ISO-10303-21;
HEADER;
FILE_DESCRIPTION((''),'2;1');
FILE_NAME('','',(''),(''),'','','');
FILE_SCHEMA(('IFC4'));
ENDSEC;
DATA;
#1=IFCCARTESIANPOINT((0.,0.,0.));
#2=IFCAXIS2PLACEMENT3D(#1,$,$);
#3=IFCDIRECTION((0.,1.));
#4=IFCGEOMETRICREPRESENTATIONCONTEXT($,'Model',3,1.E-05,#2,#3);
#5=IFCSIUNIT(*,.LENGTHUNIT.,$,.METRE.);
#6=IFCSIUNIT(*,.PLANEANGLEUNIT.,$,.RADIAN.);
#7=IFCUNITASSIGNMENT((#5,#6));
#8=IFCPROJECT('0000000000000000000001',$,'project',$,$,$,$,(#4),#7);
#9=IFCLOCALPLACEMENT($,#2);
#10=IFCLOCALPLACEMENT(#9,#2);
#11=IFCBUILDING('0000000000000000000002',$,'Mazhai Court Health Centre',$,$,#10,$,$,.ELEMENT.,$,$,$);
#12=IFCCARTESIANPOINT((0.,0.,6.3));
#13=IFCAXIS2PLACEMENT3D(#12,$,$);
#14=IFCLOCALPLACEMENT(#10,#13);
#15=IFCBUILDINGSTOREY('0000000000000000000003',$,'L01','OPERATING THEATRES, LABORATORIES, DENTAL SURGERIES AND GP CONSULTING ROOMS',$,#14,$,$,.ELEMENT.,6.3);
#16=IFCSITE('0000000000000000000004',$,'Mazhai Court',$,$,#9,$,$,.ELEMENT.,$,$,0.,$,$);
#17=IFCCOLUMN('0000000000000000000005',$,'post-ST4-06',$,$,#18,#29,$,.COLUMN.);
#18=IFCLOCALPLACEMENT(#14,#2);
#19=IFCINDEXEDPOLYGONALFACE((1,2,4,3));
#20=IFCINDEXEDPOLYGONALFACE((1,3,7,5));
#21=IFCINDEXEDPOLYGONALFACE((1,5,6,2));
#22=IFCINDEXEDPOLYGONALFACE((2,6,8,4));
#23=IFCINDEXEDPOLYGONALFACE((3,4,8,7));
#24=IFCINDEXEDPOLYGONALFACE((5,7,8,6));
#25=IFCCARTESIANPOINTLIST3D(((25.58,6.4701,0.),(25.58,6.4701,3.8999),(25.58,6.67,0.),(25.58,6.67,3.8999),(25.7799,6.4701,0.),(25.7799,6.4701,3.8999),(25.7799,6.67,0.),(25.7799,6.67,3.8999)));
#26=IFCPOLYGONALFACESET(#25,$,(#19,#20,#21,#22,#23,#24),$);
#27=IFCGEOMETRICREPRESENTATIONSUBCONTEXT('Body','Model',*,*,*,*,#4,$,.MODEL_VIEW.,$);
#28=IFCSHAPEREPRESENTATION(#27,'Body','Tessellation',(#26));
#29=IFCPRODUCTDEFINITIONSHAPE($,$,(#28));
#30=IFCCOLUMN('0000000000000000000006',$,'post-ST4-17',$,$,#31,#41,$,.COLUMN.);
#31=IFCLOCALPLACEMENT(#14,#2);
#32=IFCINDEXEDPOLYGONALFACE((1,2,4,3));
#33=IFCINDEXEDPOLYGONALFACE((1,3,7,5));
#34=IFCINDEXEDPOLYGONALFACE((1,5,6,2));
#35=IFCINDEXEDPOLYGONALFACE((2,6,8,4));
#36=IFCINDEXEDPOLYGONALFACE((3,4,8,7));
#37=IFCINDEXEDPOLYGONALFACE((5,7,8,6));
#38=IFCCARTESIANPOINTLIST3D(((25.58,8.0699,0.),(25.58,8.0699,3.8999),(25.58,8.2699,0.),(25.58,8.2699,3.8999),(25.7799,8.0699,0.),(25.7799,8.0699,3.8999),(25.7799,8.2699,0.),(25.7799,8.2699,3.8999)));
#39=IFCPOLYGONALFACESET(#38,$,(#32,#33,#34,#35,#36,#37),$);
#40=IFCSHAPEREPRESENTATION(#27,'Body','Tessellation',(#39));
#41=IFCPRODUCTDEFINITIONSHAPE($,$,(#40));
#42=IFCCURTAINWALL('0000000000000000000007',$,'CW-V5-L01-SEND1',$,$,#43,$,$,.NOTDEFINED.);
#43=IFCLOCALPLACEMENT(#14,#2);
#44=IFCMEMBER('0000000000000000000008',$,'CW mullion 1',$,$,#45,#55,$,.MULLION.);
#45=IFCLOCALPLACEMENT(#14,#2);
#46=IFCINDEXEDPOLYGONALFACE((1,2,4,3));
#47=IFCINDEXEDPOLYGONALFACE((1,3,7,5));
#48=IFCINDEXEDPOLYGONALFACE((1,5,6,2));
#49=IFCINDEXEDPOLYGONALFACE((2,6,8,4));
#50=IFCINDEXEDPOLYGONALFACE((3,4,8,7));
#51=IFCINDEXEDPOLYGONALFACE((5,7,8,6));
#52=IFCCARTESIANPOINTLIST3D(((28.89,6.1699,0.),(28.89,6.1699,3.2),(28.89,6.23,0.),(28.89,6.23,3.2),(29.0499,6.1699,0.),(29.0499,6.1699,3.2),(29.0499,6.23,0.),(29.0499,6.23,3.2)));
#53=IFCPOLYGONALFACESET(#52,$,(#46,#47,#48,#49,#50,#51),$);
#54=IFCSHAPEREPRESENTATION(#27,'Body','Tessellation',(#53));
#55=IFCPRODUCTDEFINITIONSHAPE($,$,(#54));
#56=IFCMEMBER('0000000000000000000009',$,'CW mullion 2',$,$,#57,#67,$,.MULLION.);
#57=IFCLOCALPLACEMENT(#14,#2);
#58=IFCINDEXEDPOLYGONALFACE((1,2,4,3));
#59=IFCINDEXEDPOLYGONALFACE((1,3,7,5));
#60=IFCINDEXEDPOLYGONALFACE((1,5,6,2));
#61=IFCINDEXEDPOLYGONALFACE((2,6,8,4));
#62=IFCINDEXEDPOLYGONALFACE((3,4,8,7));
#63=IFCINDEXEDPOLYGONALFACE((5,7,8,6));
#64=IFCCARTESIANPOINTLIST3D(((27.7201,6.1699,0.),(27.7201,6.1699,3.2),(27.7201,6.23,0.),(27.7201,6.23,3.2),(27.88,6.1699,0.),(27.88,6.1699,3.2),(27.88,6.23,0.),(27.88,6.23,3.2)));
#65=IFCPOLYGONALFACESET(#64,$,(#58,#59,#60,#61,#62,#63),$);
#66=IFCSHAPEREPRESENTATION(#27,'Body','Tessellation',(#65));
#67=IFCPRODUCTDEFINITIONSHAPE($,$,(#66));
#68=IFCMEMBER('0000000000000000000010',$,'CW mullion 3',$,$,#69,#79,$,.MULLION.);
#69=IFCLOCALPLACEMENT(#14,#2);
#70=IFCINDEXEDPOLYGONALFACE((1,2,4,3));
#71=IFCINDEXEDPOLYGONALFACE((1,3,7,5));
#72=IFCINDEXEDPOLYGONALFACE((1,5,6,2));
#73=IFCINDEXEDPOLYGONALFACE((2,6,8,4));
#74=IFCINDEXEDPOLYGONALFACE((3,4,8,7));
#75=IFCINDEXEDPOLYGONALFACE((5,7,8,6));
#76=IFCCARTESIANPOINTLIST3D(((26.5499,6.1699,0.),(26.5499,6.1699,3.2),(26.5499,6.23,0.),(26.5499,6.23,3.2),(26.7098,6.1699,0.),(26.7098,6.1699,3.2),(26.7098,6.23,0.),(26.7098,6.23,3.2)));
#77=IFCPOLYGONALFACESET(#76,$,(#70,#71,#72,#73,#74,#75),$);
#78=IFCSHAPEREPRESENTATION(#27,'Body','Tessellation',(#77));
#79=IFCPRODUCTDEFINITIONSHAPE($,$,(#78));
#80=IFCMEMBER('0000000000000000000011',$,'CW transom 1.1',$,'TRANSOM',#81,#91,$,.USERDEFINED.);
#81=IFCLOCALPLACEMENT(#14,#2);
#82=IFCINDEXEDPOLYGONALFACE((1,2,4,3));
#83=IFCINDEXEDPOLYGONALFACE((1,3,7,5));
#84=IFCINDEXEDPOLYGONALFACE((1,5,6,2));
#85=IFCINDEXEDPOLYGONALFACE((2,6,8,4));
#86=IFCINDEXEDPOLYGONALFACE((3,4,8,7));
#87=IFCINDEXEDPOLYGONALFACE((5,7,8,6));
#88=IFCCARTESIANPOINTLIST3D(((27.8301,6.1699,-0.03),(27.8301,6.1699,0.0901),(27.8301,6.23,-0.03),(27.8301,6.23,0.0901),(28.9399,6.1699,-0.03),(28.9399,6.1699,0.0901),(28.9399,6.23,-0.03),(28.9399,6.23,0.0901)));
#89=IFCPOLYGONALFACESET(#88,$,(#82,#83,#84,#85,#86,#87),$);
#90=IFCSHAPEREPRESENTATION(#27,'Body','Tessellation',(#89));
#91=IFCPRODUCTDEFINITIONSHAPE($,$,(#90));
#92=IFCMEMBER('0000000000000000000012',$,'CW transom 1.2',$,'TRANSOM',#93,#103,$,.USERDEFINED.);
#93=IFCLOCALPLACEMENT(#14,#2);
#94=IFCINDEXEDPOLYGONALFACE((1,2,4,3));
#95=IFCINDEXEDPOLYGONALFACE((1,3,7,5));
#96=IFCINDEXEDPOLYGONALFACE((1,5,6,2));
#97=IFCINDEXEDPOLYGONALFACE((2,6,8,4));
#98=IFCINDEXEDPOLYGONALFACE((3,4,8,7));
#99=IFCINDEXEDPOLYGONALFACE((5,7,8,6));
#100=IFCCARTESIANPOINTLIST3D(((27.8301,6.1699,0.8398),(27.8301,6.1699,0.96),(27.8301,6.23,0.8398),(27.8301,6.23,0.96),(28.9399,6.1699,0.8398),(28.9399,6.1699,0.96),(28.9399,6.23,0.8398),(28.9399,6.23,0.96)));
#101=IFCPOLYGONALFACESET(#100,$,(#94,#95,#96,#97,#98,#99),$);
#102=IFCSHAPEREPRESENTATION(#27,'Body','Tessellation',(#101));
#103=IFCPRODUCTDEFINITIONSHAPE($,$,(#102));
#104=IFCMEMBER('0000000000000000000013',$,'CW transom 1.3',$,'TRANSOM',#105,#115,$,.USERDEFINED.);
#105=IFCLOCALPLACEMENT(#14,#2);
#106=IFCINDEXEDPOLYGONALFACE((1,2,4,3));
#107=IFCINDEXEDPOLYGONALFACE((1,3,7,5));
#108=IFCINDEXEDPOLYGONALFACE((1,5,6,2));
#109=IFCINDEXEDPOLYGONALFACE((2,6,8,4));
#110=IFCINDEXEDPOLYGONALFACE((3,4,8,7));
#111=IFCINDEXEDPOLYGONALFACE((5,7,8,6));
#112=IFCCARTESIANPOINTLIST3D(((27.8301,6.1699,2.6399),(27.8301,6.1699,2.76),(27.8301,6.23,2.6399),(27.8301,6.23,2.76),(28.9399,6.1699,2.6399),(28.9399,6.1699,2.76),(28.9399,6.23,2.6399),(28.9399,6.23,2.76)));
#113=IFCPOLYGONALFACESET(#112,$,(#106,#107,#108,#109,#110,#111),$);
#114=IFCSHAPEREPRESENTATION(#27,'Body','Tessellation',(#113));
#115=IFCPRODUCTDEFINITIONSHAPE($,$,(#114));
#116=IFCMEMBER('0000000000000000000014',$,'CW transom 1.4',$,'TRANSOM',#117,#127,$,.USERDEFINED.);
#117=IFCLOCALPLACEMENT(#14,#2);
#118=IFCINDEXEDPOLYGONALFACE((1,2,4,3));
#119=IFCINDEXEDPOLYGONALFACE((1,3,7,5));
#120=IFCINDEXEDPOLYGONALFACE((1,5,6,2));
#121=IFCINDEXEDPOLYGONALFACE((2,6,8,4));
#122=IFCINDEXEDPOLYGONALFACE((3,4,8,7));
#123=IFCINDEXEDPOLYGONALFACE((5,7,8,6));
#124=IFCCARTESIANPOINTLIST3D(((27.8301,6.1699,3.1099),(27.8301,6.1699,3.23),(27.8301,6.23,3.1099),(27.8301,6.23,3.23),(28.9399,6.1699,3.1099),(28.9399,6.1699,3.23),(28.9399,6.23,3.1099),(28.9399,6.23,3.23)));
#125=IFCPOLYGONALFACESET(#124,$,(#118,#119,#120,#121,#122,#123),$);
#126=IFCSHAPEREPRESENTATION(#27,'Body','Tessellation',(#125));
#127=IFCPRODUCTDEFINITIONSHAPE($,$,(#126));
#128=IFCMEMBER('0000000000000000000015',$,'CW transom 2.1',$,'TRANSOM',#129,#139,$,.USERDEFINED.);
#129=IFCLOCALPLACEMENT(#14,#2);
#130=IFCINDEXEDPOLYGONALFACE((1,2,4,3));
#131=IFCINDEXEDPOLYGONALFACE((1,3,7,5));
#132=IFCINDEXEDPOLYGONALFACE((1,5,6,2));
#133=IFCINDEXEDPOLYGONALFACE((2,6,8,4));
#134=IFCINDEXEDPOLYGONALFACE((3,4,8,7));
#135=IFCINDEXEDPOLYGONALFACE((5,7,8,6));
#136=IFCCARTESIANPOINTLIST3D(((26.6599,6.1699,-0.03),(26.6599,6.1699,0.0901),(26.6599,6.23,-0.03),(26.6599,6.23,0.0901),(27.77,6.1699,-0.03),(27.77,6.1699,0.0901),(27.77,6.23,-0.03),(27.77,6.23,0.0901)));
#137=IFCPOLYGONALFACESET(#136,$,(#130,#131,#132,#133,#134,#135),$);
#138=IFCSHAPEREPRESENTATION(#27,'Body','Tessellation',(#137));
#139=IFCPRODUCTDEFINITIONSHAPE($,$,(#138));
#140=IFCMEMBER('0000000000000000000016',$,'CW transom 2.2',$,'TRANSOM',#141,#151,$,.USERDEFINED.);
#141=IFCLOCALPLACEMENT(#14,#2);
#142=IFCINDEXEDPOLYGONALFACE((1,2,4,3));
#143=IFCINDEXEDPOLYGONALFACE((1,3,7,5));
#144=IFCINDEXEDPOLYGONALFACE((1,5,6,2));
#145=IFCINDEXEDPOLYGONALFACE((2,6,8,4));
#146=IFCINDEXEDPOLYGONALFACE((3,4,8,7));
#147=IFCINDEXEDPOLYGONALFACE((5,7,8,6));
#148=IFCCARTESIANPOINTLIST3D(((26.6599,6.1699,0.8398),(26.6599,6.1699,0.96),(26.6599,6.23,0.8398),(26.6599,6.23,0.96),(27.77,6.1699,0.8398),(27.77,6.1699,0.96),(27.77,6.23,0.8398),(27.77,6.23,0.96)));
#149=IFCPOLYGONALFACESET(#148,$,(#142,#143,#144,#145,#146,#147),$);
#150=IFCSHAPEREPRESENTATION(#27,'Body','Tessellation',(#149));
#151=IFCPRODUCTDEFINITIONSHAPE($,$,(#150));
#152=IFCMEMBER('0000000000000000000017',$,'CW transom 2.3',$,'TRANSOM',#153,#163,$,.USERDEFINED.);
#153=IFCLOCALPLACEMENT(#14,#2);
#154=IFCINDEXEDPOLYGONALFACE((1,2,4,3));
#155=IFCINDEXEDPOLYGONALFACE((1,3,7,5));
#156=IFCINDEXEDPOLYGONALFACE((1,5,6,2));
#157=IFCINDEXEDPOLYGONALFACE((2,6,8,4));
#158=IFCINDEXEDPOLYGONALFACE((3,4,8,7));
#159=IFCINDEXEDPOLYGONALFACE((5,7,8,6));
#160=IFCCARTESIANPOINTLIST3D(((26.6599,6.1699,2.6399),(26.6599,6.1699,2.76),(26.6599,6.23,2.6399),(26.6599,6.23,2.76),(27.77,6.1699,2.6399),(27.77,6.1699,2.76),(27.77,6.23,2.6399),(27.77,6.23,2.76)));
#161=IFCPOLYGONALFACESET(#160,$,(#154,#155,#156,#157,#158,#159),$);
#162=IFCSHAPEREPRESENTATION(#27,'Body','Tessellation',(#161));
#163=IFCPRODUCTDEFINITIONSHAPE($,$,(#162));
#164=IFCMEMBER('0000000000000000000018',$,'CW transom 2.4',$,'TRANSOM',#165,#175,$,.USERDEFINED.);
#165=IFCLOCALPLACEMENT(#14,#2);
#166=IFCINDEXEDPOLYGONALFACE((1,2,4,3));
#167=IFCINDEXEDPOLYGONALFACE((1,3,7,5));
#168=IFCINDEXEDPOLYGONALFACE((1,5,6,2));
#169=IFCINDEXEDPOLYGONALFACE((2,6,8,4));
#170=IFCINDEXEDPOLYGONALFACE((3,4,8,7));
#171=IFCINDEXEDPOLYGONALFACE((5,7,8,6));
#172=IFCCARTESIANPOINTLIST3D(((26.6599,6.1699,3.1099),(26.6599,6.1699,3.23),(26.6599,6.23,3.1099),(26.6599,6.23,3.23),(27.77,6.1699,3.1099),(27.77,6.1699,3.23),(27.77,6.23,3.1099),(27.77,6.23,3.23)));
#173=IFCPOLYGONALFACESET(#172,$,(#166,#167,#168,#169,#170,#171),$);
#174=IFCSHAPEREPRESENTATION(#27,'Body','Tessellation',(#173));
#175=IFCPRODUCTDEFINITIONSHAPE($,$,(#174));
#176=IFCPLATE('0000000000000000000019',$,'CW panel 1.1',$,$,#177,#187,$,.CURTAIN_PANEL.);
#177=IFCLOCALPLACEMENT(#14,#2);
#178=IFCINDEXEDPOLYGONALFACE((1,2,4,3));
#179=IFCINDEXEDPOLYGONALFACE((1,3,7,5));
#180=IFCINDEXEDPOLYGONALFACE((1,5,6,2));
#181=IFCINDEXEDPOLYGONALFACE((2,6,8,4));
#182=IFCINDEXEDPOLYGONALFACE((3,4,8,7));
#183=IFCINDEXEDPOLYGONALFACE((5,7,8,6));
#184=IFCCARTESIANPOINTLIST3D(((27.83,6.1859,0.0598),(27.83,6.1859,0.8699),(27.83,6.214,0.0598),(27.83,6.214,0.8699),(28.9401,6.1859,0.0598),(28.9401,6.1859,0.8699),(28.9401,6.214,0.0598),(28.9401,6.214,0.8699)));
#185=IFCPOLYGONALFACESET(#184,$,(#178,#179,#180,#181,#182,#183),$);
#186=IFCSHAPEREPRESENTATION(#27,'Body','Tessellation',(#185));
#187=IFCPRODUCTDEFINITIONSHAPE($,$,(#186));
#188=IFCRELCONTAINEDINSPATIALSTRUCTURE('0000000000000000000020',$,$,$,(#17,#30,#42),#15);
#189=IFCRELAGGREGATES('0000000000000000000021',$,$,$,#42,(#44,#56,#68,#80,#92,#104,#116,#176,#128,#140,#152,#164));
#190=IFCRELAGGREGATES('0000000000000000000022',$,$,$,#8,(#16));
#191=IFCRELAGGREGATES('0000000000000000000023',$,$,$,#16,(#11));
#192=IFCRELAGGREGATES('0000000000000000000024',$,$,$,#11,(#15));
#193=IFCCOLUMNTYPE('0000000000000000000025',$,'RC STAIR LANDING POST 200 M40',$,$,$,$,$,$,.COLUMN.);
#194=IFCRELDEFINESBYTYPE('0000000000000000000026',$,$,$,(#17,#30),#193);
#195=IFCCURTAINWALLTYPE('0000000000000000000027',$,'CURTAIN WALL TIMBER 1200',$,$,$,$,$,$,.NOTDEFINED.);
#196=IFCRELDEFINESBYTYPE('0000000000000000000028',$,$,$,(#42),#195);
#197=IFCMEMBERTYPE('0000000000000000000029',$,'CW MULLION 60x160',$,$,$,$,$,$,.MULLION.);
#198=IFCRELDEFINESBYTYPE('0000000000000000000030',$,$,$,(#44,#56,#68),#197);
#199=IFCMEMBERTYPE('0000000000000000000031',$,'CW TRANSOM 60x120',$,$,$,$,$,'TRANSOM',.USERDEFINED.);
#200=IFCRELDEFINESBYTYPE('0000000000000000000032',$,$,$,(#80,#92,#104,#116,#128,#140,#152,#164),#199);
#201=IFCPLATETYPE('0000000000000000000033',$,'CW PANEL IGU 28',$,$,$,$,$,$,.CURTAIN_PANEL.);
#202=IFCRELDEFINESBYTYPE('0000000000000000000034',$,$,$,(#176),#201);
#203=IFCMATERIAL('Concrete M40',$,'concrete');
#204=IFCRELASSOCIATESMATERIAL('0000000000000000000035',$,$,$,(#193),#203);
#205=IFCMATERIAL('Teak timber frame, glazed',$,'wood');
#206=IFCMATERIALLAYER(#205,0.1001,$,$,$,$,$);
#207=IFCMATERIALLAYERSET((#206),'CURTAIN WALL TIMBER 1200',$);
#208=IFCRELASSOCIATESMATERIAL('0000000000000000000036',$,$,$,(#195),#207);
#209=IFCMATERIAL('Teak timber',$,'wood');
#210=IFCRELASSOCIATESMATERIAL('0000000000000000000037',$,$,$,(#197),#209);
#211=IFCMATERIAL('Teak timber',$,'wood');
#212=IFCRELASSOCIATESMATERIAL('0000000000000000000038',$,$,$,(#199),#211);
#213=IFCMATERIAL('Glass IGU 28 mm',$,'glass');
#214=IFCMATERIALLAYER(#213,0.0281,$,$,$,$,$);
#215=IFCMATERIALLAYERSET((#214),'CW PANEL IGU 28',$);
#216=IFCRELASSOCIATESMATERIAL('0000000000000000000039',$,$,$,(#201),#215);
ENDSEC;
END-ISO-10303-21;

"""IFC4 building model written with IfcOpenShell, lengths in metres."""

from ifc_helpers import new_model, si_unit, direction, frame, origin, origin_2d, place, context, subcontext, project, spatial, rectangle, extrude, material, layer, layer_set, material_profile, profile_set, type_object, element, aggregate, save


model = new_model("IFC4")

# Units and contexts
model_context = context("Model", 3, precision=1e-05, world=origin(), true_north=direction((0.0, 1.0)))
body_context = subcontext(model_context, "Body", "Model", "MODEL_VIEW")
ifc_project = project(units=[si_unit("LENGTHUNIT", "METRE"), si_unit("PLANEANGLEUNIT", "RADIAN")], contexts=[model_context])

# Site, building, storey
site_placement = place(None, origin())
site = spatial("IfcSite", under=ifc_project, at=site_placement, Name="Mazhai Court", CompositionType="ELEMENT", RefElevation=0.0)
building_placement = place(site_placement, origin())
building = spatial("IfcBuilding", under=site, at=building_placement, Name="Mazhai Court Health Centre", CompositionType="ELEMENT")
storey_placement = place(building_placement, frame((0.0, 0.0, 6.3)))
storey = spatial("IfcBuildingStorey", under=building, at=storey_placement, Name="L01", Description="OPERATING THEATRES, LABORATORIES, DENTAL SURGERIES AND GP CONSULTING ROOMS", CompositionType="ELEMENT", Elevation=6.3)

# Columns
ifc_material_1 = material(Name="Concrete M40", Category="concrete")
ifc_material_profile_1 = material_profile(ifc_material_1, rectangle(XDim=0.2, YDim=0.2, at=origin_2d()), Name="RC 200x200")
ifc_profile_set_1 = profile_set([ifc_material_profile_1], Name="Concrete M40")
column_type = type_object("IfcColumnType", Name="RC STAIR LANDING POST 200 M40", PredefinedType="COLUMN", material=ifc_profile_set_1)
for number, where, z_axis, x_axis, name in (
    (1, (25.6799, 6.5701, 0.0), (0.0, 0.0, 1.0), (1.0, 0.0, 0.0), "post-ST4-06"),
    (2, (25.6799, 8.1699, 0.0), (0.0, 0.0, 1.0), (1.0, 0.0, 0.0), "post-ST4-17"),
):
    element("IfcColumn", number, at=place(storey_placement, frame(where, z_axis=z_axis, x_axis=x_axis)), inside=storey, type_object=column_type, Name=name, PredefinedType="COLUMN", context=body_context, shape_type="SweptSolid", body=[
        extrude(rectangle(XDim=0.2, YDim=0.2, at=origin_2d()), origin(), (0.0, 0.0, 1.0), 3.8999),
    ])

# Curtain wall, members, plate
ifc_material_2 = material(Name="Teak timber frame, glazed", Category="wood")
ifc_layer_1 = layer(ifc_material_2, 0.1001)
ifc_layer_set_1 = layer_set([ifc_layer_1], Name="CURTAIN WALL TIMBER 1200")
curtain_wall_type = type_object("IfcCurtainWallType", Name="CURTAIN WALL TIMBER 1200", PredefinedType="NOTDEFINED", material=ifc_layer_set_1)
curtain_wall_placement = place(storey_placement, origin())
curtain_wall = element("IfcCurtainWall", 3, at=curtain_wall_placement, inside=storey, type_object=curtain_wall_type, Name="CW-V5-L01-SEND1", PredefinedType="NOTDEFINED")
ifc_material_3 = material(Name="Teak timber", Category="wood")
ifc_material_profile_2 = material_profile(ifc_material_3, rectangle(XDim=0.0601, YDim=0.1599, at=origin_2d()), Name="CW MULLION 60x160")
ifc_profile_set_2 = profile_set([ifc_material_profile_2], Name="Teak timber")
member_type_1 = type_object("IfcMemberType", Name="CW MULLION 60x160", PredefinedType="MULLION", material=ifc_profile_set_2)
member_1_placement = place(storey_placement, frame((28.97, 6.2, 0.0), z_axis=(0.0, 0.0, 1.0), x_axis=(0.0, -1.0, 0.0)))
member_1 = element("IfcMember", 4, at=member_1_placement, type_object=member_type_1, Name="CW mullion 1", PredefinedType="MULLION", context=body_context, shape_type="SweptSolid", body=[
    extrude(rectangle(XDim=0.0601, YDim=0.1599, at=origin_2d()), origin(), (0.0, 0.0, 1.0), 3.2),
])
member_2_placement = place(storey_placement, frame((27.8, 6.2, 0.0), z_axis=(0.0, 0.0, 1.0), x_axis=(0.0, -1.0, 0.0)))
member_2 = element("IfcMember", 5, at=member_2_placement, type_object=member_type_1, Name="CW mullion 2", PredefinedType="MULLION", context=body_context, shape_type="SweptSolid", body=[
    extrude(rectangle(XDim=0.0601, YDim=0.1599, at=origin_2d()), origin(), (0.0, 0.0, 1.0), 3.2),
])
member_3_placement = place(storey_placement, frame((26.6299, 6.2, 0.0), z_axis=(0.0, 0.0, 1.0), x_axis=(0.0, -1.0, 0.0)))
member_3 = element("IfcMember", 6, at=member_3_placement, type_object=member_type_1, Name="CW mullion 3", PredefinedType="MULLION", context=body_context, shape_type="SweptSolid", body=[
    extrude(rectangle(XDim=0.0601, YDim=0.1599, at=origin_2d()), origin(), (0.0, 0.0, 1.0), 3.2),
])
ifc_material_4 = material(Name="Teak timber", Category="wood")
ifc_material_profile_3 = material_profile(ifc_material_4, rectangle(XDim=0.0601, YDim=0.1201, at=origin_2d()), Name="CW TRANSOM 60x120")
ifc_profile_set_3 = profile_set([ifc_material_profile_3], Name="Teak timber")
member_type_2 = type_object("IfcMemberType", Name="CW TRANSOM 60x120", ElementType="TRANSOM", PredefinedType="USERDEFINED", material=ifc_profile_set_3)
member_4_placement = place(storey_placement, frame((28.9399, 6.2, 0.03), z_axis=(-1.0, 0.0, 0.0), x_axis=(0.0, -1.0, 0.0)))
member_4 = element("IfcMember", 7, at=member_4_placement, type_object=member_type_2, Name="CW transom 1.1", ObjectType="TRANSOM", PredefinedType="USERDEFINED", context=body_context, shape_type="SweptSolid", body=[
    extrude(rectangle(XDim=0.0601, YDim=0.1201, at=origin_2d()), origin(), (0.0, 0.0, 1.0), 1.1099),
])
member_5_placement = place(storey_placement, frame((28.9399, 6.2, 0.8999), z_axis=(-1.0, 0.0, 0.0), x_axis=(0.0, -1.0, 0.0)))
member_5 = element("IfcMember", 8, at=member_5_placement, type_object=member_type_2, Name="CW transom 1.2", ObjectType="TRANSOM", PredefinedType="USERDEFINED", context=body_context, shape_type="SweptSolid", body=[
    extrude(rectangle(XDim=0.0601, YDim=0.1201, at=origin_2d()), origin(), (0.0, 0.0, 1.0), 1.1099),
])
member_6_placement = place(storey_placement, frame((28.9399, 6.2, 2.7), z_axis=(-1.0, 0.0, 0.0), x_axis=(0.0, -1.0, 0.0)))
member_6 = element("IfcMember", 9, at=member_6_placement, type_object=member_type_2, Name="CW transom 1.3", ObjectType="TRANSOM", PredefinedType="USERDEFINED", context=body_context, shape_type="SweptSolid", body=[
    extrude(rectangle(XDim=0.0601, YDim=0.1201, at=origin_2d()), origin(), (0.0, 0.0, 1.0), 1.1099),
])
member_7_placement = place(storey_placement, frame((28.9399, 6.2, 3.1699), z_axis=(-1.0, 0.0, 0.0), x_axis=(0.0, -1.0, 0.0)))
member_7 = element("IfcMember", 10, at=member_7_placement, type_object=member_type_2, Name="CW transom 1.4", ObjectType="TRANSOM", PredefinedType="USERDEFINED", context=body_context, shape_type="SweptSolid", body=[
    extrude(rectangle(XDim=0.0601, YDim=0.1201, at=origin_2d()), origin(), (0.0, 0.0, 1.0), 1.1099),
])
member_8_placement = place(storey_placement, frame((27.77, 6.2, 0.03), z_axis=(-1.0, 0.0, 0.0), x_axis=(0.0, -1.0, 0.0)))
member_8 = element("IfcMember", 11, at=member_8_placement, type_object=member_type_2, Name="CW transom 2.1", ObjectType="TRANSOM", PredefinedType="USERDEFINED", context=body_context, shape_type="SweptSolid", body=[
    extrude(rectangle(XDim=0.0601, YDim=0.1201, at=origin_2d()), origin(), (0.0, 0.0, 1.0), 1.1101),
])
member_9_placement = place(storey_placement, frame((27.77, 6.2, 0.8999), z_axis=(-1.0, 0.0, 0.0), x_axis=(0.0, -1.0, 0.0)))
member_9 = element("IfcMember", 12, at=member_9_placement, type_object=member_type_2, Name="CW transom 2.2", ObjectType="TRANSOM", PredefinedType="USERDEFINED", context=body_context, shape_type="SweptSolid", body=[
    extrude(rectangle(XDim=0.0601, YDim=0.1201, at=origin_2d()), origin(), (0.0, 0.0, 1.0), 1.1101),
])
member_10_placement = place(storey_placement, frame((27.77, 6.2, 2.7), z_axis=(-1.0, 0.0, 0.0), x_axis=(0.0, -1.0, 0.0)))
member_10 = element("IfcMember", 13, at=member_10_placement, type_object=member_type_2, Name="CW transom 2.3", ObjectType="TRANSOM", PredefinedType="USERDEFINED", context=body_context, shape_type="SweptSolid", body=[
    extrude(rectangle(XDim=0.0601, YDim=0.1201, at=origin_2d()), origin(), (0.0, 0.0, 1.0), 1.1101),
])
member_11_placement = place(storey_placement, frame((27.77, 6.2, 3.1699), z_axis=(-1.0, 0.0, 0.0), x_axis=(0.0, -1.0, 0.0)))
member_11 = element("IfcMember", 14, at=member_11_placement, type_object=member_type_2, Name="CW transom 2.4", ObjectType="TRANSOM", PredefinedType="USERDEFINED", context=body_context, shape_type="SweptSolid", body=[
    extrude(rectangle(XDim=0.0601, YDim=0.1201, at=origin_2d()), origin(), (0.0, 0.0, 1.0), 1.1101),
])
ifc_material_5 = material(Name="Glass IGU 28 mm", Category="glass")
ifc_layer_2 = layer(ifc_material_5, 0.0281)
ifc_layer_set_2 = layer_set([ifc_layer_2], Name="CW PANEL IGU 28")
plate_type = type_object("IfcPlateType", Name="CW PANEL IGU 28", PredefinedType="CURTAIN_PANEL", material=ifc_layer_set_2)
plate_1_placement = place(storey_placement, frame((28.385, 6.2, 0.0598), z_axis=(0.0, 0.0, 1.0), x_axis=(-1.0, 0.0, 0.0)))
plate_1 = element("IfcPlate", 15, at=plate_1_placement, type_object=plate_type, Name="CW panel 1.1", PredefinedType="CURTAIN_PANEL", context=body_context, shape_type="SweptSolid", body=[
    extrude(rectangle(XDim=1.1101, YDim=0.0281, at=origin_2d()), origin(), (0.0, 0.0, 1.0), 0.8101),
])
aggregate(curtain_wall, [member_1, member_2, member_3, member_4, member_5, member_6, member_7, plate_1, member_8, member_9, member_10, member_11])

save(model, "model.ifc")
